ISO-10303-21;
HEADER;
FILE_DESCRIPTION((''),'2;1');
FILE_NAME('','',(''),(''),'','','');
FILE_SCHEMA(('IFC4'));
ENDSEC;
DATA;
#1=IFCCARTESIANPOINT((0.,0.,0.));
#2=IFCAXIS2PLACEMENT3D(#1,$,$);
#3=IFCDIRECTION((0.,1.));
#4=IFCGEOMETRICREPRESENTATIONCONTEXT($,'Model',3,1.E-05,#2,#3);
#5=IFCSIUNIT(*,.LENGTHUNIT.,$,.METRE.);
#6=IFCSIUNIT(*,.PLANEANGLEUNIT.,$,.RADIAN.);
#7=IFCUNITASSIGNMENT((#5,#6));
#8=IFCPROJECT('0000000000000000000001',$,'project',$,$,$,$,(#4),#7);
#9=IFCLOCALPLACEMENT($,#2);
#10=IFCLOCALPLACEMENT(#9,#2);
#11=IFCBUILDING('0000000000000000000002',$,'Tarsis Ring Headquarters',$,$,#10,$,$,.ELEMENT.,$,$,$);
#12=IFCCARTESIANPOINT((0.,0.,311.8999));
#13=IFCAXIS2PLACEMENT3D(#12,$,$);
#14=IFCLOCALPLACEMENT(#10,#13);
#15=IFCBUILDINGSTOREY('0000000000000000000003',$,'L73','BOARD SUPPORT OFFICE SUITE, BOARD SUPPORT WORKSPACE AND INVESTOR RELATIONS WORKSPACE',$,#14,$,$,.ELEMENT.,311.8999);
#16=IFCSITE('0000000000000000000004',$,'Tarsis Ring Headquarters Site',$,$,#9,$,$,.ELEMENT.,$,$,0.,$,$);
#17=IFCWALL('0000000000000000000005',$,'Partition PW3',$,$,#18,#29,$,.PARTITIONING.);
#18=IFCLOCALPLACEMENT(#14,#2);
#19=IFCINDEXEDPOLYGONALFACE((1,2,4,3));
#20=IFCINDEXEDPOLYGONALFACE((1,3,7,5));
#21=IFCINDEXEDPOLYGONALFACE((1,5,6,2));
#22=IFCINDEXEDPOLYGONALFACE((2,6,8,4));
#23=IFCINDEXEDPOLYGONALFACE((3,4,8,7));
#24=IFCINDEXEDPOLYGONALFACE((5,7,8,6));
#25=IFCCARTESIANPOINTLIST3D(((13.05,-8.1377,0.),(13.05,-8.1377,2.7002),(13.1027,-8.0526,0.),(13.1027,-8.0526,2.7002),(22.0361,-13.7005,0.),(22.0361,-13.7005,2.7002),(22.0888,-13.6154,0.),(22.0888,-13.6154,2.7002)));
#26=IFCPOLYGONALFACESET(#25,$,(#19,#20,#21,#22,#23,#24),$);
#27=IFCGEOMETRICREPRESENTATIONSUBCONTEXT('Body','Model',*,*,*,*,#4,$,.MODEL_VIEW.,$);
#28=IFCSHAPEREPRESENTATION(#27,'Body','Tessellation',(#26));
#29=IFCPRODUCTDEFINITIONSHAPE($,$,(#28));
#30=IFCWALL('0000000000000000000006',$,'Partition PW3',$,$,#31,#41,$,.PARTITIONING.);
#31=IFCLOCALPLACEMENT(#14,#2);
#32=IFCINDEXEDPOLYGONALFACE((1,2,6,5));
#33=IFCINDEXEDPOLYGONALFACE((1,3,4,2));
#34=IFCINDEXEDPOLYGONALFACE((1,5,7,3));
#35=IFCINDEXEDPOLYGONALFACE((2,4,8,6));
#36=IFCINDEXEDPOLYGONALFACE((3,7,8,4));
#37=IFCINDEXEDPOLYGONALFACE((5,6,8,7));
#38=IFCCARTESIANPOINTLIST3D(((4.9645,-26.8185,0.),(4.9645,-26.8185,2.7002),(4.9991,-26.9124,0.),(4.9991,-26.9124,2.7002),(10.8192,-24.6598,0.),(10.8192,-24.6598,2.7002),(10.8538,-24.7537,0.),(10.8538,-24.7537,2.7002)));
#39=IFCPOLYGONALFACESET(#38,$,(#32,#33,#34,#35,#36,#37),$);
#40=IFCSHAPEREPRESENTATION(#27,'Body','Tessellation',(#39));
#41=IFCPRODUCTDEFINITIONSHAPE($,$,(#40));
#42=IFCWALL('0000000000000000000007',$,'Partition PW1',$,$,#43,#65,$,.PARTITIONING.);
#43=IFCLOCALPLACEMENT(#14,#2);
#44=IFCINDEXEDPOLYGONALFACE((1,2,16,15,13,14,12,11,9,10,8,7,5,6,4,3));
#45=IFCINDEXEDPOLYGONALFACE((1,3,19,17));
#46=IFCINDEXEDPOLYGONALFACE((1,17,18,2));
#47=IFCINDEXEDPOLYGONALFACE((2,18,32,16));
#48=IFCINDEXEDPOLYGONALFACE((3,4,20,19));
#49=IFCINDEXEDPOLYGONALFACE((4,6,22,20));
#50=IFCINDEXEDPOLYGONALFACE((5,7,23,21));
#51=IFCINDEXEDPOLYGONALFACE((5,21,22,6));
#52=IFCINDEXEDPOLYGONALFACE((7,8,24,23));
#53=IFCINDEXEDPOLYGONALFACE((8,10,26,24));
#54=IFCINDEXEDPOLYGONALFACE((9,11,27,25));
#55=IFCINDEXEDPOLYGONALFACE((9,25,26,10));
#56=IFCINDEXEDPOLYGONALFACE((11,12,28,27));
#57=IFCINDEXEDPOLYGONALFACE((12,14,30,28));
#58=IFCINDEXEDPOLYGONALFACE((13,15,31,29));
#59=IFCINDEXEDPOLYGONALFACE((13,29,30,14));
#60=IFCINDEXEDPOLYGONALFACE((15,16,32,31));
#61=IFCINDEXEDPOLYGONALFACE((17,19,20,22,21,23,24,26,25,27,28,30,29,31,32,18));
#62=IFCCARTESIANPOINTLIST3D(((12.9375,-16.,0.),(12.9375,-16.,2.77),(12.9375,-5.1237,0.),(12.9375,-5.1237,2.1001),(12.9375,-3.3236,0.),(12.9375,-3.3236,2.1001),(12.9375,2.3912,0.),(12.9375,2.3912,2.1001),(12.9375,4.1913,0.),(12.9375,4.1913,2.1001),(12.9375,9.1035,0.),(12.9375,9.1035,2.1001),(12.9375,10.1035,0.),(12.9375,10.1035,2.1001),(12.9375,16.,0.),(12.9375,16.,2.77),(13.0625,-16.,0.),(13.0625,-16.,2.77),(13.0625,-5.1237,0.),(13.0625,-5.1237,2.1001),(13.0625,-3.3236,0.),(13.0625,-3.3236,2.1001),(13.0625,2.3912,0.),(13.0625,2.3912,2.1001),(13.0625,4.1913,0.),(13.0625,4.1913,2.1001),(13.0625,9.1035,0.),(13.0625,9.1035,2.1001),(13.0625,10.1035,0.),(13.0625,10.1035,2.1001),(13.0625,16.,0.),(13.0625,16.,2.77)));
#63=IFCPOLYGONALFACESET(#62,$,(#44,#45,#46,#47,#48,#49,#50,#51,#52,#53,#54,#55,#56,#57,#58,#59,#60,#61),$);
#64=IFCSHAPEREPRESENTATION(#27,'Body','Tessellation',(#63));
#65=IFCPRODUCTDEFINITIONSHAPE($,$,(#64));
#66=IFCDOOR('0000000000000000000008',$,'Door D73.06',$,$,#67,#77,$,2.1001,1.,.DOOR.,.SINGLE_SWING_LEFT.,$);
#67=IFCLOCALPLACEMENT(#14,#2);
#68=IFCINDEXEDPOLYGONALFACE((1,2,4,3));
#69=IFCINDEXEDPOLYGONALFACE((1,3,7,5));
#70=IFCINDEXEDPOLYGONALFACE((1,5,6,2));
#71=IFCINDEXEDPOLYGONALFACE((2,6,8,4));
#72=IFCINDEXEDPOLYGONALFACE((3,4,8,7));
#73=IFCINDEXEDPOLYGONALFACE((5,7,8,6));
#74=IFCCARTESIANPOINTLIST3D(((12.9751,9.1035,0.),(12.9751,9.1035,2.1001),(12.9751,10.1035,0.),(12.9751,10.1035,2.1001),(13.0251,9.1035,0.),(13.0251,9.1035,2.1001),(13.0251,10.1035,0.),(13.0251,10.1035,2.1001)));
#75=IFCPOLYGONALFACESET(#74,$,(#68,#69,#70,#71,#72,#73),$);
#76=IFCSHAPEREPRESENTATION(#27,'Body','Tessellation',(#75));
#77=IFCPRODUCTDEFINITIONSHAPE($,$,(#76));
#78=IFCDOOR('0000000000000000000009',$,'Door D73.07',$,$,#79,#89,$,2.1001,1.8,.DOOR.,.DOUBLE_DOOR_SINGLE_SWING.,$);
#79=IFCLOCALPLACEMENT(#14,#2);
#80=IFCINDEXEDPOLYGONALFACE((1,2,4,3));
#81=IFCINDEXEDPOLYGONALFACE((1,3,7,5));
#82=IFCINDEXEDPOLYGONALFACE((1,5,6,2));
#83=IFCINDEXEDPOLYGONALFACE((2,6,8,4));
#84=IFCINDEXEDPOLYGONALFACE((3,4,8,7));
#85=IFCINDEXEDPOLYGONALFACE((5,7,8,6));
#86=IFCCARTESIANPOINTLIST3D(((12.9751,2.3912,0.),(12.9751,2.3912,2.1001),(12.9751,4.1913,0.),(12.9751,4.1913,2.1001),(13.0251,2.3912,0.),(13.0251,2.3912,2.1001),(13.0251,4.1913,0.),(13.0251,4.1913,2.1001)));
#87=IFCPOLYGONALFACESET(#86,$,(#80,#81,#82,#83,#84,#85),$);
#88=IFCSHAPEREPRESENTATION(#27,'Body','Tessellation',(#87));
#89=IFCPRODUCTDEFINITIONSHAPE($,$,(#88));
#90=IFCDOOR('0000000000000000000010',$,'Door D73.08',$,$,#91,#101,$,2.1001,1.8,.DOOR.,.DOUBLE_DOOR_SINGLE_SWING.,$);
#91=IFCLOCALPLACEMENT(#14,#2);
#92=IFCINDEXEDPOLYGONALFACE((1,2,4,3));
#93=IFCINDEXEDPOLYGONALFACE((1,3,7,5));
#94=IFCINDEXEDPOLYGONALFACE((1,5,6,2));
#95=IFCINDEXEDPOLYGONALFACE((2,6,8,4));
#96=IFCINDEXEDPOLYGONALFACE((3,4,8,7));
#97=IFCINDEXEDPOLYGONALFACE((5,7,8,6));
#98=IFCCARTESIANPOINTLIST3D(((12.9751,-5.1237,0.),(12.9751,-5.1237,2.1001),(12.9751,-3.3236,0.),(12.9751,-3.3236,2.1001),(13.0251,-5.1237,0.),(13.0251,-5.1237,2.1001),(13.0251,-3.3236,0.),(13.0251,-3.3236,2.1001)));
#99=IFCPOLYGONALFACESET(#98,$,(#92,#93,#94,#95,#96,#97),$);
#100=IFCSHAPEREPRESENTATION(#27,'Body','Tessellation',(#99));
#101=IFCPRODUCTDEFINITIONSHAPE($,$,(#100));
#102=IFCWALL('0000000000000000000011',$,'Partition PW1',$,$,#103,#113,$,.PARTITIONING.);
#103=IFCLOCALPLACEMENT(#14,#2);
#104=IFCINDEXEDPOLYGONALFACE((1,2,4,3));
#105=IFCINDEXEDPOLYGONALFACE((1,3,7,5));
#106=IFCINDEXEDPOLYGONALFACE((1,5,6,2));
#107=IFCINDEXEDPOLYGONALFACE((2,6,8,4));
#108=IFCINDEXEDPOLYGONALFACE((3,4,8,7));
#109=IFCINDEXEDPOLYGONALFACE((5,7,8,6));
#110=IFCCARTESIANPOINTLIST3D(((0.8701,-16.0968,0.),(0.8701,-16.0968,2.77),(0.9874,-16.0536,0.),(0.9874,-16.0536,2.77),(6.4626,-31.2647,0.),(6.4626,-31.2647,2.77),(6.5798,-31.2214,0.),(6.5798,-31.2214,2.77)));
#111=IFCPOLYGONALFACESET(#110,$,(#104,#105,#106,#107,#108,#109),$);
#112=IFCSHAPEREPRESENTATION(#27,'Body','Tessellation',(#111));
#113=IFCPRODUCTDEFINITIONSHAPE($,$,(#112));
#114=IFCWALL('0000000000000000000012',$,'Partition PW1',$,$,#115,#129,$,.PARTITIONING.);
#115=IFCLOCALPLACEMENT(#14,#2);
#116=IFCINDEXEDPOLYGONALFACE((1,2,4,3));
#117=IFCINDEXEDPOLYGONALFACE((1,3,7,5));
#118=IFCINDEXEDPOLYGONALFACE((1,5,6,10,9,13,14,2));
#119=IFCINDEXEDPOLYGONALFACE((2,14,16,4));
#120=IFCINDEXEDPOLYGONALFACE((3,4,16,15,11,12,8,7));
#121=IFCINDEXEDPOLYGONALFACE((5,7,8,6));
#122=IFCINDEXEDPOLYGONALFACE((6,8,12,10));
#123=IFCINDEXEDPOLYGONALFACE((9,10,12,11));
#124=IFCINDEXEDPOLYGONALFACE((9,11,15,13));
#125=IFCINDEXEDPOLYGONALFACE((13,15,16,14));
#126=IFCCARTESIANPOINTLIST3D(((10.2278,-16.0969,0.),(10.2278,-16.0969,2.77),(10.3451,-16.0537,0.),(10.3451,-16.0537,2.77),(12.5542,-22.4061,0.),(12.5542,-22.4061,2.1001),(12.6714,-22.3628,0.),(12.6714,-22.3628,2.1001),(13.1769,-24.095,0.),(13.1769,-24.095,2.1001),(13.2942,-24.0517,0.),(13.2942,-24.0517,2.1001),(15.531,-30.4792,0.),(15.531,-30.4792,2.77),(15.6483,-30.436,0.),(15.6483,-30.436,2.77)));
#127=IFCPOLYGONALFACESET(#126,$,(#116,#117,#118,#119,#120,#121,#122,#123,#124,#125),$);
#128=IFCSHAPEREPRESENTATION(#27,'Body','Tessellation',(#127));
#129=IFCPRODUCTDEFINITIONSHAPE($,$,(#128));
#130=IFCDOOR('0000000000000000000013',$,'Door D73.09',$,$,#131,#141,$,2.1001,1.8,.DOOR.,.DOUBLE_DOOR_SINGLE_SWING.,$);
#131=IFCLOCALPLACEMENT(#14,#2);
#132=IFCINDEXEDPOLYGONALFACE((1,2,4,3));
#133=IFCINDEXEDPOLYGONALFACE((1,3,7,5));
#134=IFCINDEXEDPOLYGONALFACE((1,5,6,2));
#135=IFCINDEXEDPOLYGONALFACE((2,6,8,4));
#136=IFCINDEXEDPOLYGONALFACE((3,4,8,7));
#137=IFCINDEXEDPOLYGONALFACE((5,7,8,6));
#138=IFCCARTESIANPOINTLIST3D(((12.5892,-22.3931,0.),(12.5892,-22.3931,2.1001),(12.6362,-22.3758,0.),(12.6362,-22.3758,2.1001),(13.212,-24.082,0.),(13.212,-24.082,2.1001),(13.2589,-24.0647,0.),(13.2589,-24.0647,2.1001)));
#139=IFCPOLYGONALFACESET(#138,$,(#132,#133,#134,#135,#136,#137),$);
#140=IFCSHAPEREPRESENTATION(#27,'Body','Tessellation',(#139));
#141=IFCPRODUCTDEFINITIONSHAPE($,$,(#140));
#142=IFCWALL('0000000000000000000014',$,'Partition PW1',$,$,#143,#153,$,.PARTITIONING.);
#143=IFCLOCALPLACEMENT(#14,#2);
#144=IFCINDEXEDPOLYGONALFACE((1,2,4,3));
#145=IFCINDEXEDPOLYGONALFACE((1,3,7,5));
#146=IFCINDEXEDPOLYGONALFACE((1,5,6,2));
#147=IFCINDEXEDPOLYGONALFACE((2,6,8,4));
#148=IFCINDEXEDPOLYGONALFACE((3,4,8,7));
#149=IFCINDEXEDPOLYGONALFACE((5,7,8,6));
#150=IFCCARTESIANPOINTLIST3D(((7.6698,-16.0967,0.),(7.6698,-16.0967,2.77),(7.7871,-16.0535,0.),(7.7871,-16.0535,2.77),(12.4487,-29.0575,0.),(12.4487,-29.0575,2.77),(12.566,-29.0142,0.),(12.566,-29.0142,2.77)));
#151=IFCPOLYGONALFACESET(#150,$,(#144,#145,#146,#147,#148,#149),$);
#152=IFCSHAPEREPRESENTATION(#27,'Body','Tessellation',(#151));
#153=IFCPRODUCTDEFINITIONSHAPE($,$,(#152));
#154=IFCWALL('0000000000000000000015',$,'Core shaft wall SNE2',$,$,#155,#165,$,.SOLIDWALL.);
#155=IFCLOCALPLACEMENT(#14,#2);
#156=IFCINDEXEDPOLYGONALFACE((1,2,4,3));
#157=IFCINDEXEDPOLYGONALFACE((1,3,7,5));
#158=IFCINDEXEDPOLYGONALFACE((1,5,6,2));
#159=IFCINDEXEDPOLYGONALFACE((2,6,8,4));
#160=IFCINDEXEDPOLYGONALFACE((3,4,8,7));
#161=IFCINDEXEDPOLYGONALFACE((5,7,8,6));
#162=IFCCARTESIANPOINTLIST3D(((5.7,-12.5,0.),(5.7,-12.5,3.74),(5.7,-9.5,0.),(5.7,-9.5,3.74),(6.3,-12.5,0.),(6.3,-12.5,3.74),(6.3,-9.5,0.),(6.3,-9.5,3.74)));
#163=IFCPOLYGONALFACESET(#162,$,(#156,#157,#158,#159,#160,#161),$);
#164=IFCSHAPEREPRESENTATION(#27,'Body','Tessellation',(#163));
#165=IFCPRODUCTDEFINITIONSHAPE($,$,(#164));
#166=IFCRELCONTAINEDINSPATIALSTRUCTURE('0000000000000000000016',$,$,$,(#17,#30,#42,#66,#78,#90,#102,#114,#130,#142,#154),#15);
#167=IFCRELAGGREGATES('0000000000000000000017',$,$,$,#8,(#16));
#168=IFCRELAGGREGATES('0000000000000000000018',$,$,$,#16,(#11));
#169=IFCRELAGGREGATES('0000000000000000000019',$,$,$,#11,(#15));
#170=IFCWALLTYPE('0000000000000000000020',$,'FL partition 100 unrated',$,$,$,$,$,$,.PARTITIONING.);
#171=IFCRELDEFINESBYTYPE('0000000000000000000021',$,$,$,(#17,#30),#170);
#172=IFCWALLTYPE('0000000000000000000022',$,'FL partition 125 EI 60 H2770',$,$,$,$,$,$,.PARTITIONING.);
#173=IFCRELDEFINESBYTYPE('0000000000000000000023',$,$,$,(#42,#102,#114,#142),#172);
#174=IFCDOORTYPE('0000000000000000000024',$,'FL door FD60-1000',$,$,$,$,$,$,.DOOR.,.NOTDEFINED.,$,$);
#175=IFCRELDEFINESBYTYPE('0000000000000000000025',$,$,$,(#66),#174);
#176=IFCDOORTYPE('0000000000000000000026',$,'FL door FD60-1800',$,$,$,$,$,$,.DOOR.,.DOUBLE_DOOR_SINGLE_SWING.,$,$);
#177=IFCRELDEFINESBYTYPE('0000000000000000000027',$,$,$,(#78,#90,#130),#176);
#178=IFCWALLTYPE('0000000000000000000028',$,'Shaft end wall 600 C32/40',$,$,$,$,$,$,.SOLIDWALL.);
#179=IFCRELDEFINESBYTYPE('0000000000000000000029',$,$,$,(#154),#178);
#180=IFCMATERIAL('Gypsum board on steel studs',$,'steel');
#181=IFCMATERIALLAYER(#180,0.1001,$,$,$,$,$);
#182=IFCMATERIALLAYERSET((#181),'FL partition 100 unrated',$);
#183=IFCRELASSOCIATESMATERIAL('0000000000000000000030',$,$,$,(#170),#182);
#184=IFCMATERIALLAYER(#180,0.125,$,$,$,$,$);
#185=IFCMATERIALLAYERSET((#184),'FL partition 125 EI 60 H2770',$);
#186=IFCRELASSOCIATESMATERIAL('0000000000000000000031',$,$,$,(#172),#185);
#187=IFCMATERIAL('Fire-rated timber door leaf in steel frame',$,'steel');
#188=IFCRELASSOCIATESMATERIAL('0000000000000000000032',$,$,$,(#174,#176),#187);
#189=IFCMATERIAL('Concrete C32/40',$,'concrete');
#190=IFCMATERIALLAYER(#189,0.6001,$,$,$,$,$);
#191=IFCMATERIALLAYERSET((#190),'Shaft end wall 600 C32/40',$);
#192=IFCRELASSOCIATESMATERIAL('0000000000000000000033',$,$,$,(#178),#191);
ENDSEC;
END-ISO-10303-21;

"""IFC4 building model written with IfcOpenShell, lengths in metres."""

from ifc_helpers import new_model, si_unit, direction, frame, frame_2d, origin, place, context, subcontext, project, spatial, rectangle, extrude, material, layer, layer_set, type_object, element, fill, save


model = new_model("IFC4")

# Units and contexts
model_context = context("Model", 3, precision=1e-05, world=origin(), true_north=direction((0.0, 1.0)))
body_context = subcontext(model_context, "Body", "Model", "MODEL_VIEW")
ifc_project = project(units=[si_unit("LENGTHUNIT", "METRE"), si_unit("PLANEANGLEUNIT", "RADIAN")], contexts=[model_context])

# Site, building, storey
site_placement = place(None, origin())
site = spatial("IfcSite", under=ifc_project, at=site_placement, Name="Tarsis Ring Headquarters Site", CompositionType="ELEMENT", RefElevation=0.0)
building_placement = place(site_placement, origin())
building = spatial("IfcBuilding", under=site, at=building_placement, Name="Tarsis Ring Headquarters", CompositionType="ELEMENT")
storey_placement = place(building_placement, frame((0.0, 0.0, 311.8999)))
storey = spatial("IfcBuildingStorey", under=building, at=storey_placement, Name="L73", Description="BOARD SUPPORT OFFICE SUITE, BOARD SUPPORT WORKSPACE AND INVESTOR RELATIONS WORKSPACE", CompositionType="ELEMENT", Elevation=311.8999)

# Walls
ifc_material_1 = material(Name="Gypsum board on steel studs", Category="steel")
ifc_layer_1 = layer(ifc_material_1, 0.1001)
ifc_layer_set_1 = layer_set([ifc_layer_1], Name="FL partition 100 unrated")
wall_type_1 = type_object("IfcWallType", Name="FL partition 100 unrated", PredefinedType="PARTITIONING", material=ifc_layer_set_1)
wall_1_placement = place(storey_placement, frame((13.0764, -8.0952, 0.0), z_axis=(0.0, 0.0, 1.0), x_axis=(0.850268, -0.52635, 0.0)))
element("IfcWall", 1, at=wall_1_placement, inside=storey, type_object=wall_type_1, Name="Partition PW3", PredefinedType="PARTITIONING", context=body_context, shape_type="SweptSolid", body=[
    extrude(rectangle(XDim=10.5686, YDim=0.1001, at=frame_2d((5.2842, 0.0))), origin(), (0.0, 0.0, 1.0), 2.7002),
])
wall_2_placement = place(storey_placement, frame((4.9817, -26.8655, 0.0), z_axis=(0.0, 0.0, 1.0), x_axis=(0.938256, 0.345943, 0.0)))
element("IfcWall", 2, at=wall_2_placement, inside=storey, type_object=wall_type_1, Name="Partition PW3", PredefinedType="PARTITIONING", context=body_context, shape_type="SweptSolid", body=[
    extrude(rectangle(XDim=6.24, YDim=0.1001, at=frame_2d((3.1201, 0.0))), origin(), (0.0, 0.0, 1.0), 2.7002),
])

# Wall, openings, doors
ifc_layer_2 = layer(ifc_material_1, 0.125)
ifc_layer_set_2 = layer_set([ifc_layer_2], Name="FL partition 125 EI 60 H2770")
wall_type_2 = type_object("IfcWallType", Name="FL partition 125 EI 60 H2770", PredefinedType="PARTITIONING", material=ifc_layer_set_2)
wall_3_placement = place(storey_placement, frame((13.0, -16.0, 0.0), z_axis=(0.0, 0.0, 1.0), x_axis=(0.0, 1.0, 0.0)))
wall_3 = element("IfcWall", 3, at=wall_3_placement, inside=storey, type_object=wall_type_2, Name="Partition PW1", PredefinedType="PARTITIONING", context=body_context, shape_type="SweptSolid", body=[
    extrude(rectangle(XDim=32.0, YDim=0.125, at=frame_2d((16.0, 0.0))), origin(), (0.0, 0.0, 1.0), 2.77),
])
opening_1_placement = place(wall_3_placement, frame((25.1035, 0.0, 0.0)))
opening_1 = element("IfcOpeningElement", 4, at=opening_1_placement, cuts=wall_3, PredefinedType="OPENING", context=body_context, shape_type="SweptSolid", body=[
    extrude(rectangle(XDim=1.0, YDim=2.1001, at=frame_2d((0.5, 1.05))), frame((0.0, 0.0725, 0.0), z_axis=(0.0, -1.0, 0.0), x_axis=(1.0, 0.0, 0.0)), (0.0, 0.0, 1.0), 0.145),
])
opening_2_placement = place(wall_3_placement, frame((18.3914, 0.0, 0.0)))
opening_2 = element("IfcOpeningElement", 5, at=opening_2_placement, cuts=wall_3, PredefinedType="OPENING", context=body_context, shape_type="SweptSolid", body=[
    extrude(rectangle(XDim=1.8, YDim=2.1001, at=frame_2d((0.8999, 1.05))), frame((0.0, 0.0725, 0.0), z_axis=(0.0, -1.0, 0.0), x_axis=(1.0, 0.0, 0.0)), (0.0, 0.0, 1.0), 0.145),
])
opening_3_placement = place(wall_3_placement, frame((10.8765, 0.0, 0.0)))
opening_3 = element("IfcOpeningElement", 6, at=opening_3_placement, cuts=wall_3, PredefinedType="OPENING", context=body_context, shape_type="SweptSolid", body=[
    extrude(rectangle(XDim=1.8, YDim=2.1001, at=frame_2d((0.8999, 1.05))), frame((0.0, 0.0725, 0.0), z_axis=(0.0, -1.0, 0.0), x_axis=(1.0, 0.0, 0.0)), (0.0, 0.0, 1.0), 0.145),
])
ifc_material_2 = material(Name="Fire-rated timber door leaf in steel frame", Category="steel")
door_type_1 = type_object("IfcDoorType", Name="FL door FD60-1000", OperationType="NOTDEFINED", PredefinedType="DOOR", material=ifc_material_2)
door_1_placement = place(opening_1_placement, origin())
door_1 = element("IfcDoor", 7, at=door_1_placement, inside=storey, type_object=door_type_1, Name="Door D73.06", OperationType="SINGLE_SWING_LEFT", OverallHeight=2.1001, OverallWidth=1.0, PredefinedType="DOOR", context=body_context, shape_type="SweptSolid", body=[
    extrude(rectangle(XDim=1.0, YDim=2.1001, at=frame_2d((0.5, 1.05))), frame((0.0, 0.0249, 0.0), z_axis=(0.0, -1.0, 0.0), x_axis=(1.0, 0.0, 0.0)), (0.0, 0.0, 1.0), 0.05),
])
fill(opening_1, door_1)
door_type_2 = type_object("IfcDoorType", Name="FL door FD60-1800", OperationType="DOUBLE_DOOR_SINGLE_SWING", PredefinedType="DOOR", material=ifc_material_2)
door_2_placement = place(opening_2_placement, origin())
door_2 = element("IfcDoor", 8, at=door_2_placement, inside=storey, type_object=door_type_2, Name="Door D73.07", OperationType="DOUBLE_DOOR_SINGLE_SWING", OverallHeight=2.1001, OverallWidth=1.8, PredefinedType="DOOR", context=body_context, shape_type="SweptSolid", body=[
    extrude(rectangle(XDim=1.8, YDim=2.1001, at=frame_2d((0.8999, 1.05))), frame((0.0, 0.0249, 0.0), z_axis=(0.0, -1.0, 0.0), x_axis=(1.0, 0.0, 0.0)), (0.0, 0.0, 1.0), 0.05),
])
fill(opening_2, door_2)
door_3_placement = place(opening_3_placement, origin())
door_3 = element("IfcDoor", 9, at=door_3_placement, inside=storey, type_object=door_type_2, Name="Door D73.08", OperationType="DOUBLE_DOOR_SINGLE_SWING", OverallHeight=2.1001, OverallWidth=1.8, PredefinedType="DOOR", context=body_context, shape_type="SweptSolid", body=[
    extrude(rectangle(XDim=1.8, YDim=2.1001, at=frame_2d((0.8999, 1.05))), frame((0.0, 0.0249, 0.0), z_axis=(0.0, -1.0, 0.0), x_axis=(1.0, 0.0, 0.0)), (0.0, 0.0, 1.0), 0.05),
])
fill(opening_3, door_3)

# Wall
wall_4_placement = place(storey_placement, frame((0.9287, -16.0752, 0.0), z_axis=(0.0, 0.0, 1.0), x_axis=(0.345941, -0.938256, 0.0)))
element("IfcWall", 10, at=wall_4_placement, inside=storey, type_object=wall_type_2, Name="Partition PW1", PredefinedType="PARTITIONING", context=body_context, shape_type="SweptSolid", body=[
    extrude(rectangle(XDim=16.166, YDim=0.125, at=frame_2d((8.083, 0.0))), origin(), (0.0, 0.0, 1.0), 2.77),
])

# Wall, opening, door
wall_5_placement = place(storey_placement, frame((10.2864, -16.0752, 0.0), z_axis=(0.0, 0.0, 1.0), x_axis=(0.345962, -0.938248, 0.0)))
wall_5 = element("IfcWall", 11, at=wall_5_placement, inside=storey, type_object=wall_type_2, Name="Partition PW1", PredefinedType="PARTITIONING", context=body_context, shape_type="SweptSolid", body=[
    extrude(rectangle(XDim=15.3289, YDim=0.125, at=frame_2d((7.6646, 0.0))), origin(), (0.0, 0.0, 1.0), 2.77),
])
opening_4_placement = place(wall_5_placement, frame((6.7246, 0.0, 0.0)))
opening_4 = element("IfcOpeningElement", 12, at=opening_4_placement, cuts=wall_5, PredefinedType="OPENING", context=body_context, shape_type="SweptSolid", body=[
    extrude(rectangle(XDim=1.8, YDim=2.1001, at=frame_2d((0.8999, 1.05))), frame((0.0, 0.0725, 0.0), z_axis=(0.0, -1.0, 0.0), x_axis=(1.0, 0.0, 0.0)), (0.0, 0.0, 1.0), 0.145),
])
door_4_placement = place(opening_4_placement, origin())
door_4 = element("IfcDoor", 13, at=door_4_placement, inside=storey, type_object=door_type_2, Name="Door D73.09", OperationType="DOUBLE_DOOR_SINGLE_SWING", OverallHeight=2.1001, OverallWidth=1.8, PredefinedType="DOOR", context=body_context, shape_type="SweptSolid", body=[
    extrude(rectangle(XDim=1.8, YDim=2.1001, at=frame_2d((0.8999, 1.05))), frame((0.0, 0.0249, 0.0), z_axis=(0.0, -1.0, 0.0), x_axis=(1.0, 0.0, 0.0)), (0.0, 0.0, 1.0), 0.05),
])
fill(opening_4, door_4)

# Walls
wall_6_placement = place(storey_placement, frame((7.7285, -16.0752, 0.0), z_axis=(0.0, 0.0, 1.0), x_axis=(0.345949, -0.938253, 0.0)))
element("IfcWall", 14, at=wall_6_placement, inside=storey, type_object=wall_type_2, Name="Partition PW1", PredefinedType="PARTITIONING", context=body_context, shape_type="SweptSolid", body=[
    extrude(rectangle(XDim=13.8137, YDim=0.125, at=frame_2d((6.9067, 0.0))), origin(), (0.0, 0.0, 1.0), 2.77),
])
ifc_material_3 = material(Name="Concrete C32/40", Category="concrete")
ifc_layer_3 = layer(ifc_material_3, 0.6001)
ifc_layer_set_3 = layer_set([ifc_layer_3], Name="Shaft end wall 600 C32/40")
wall_type_3 = type_object("IfcWallType", Name="Shaft end wall 600 C32/40", PredefinedType="SOLIDWALL", material=ifc_layer_set_3)
wall_7_placement = place(storey_placement, frame((6.0, -12.5, 0.0), z_axis=(0.0, 0.0, 1.0), x_axis=(0.0, 1.0, 0.0)))
element("IfcWall", 15, at=wall_7_placement, inside=storey, type_object=wall_type_3, Name="Core shaft wall SNE2", PredefinedType="SOLIDWALL", context=body_context, shape_type="SweptSolid", body=[
    extrude(rectangle(XDim=3.0, YDim=0.6001, at=frame_2d((1.5, 0.0))), origin(), (0.0, 0.0, 1.0), 3.74),
])

save(model, "model.ifc")
